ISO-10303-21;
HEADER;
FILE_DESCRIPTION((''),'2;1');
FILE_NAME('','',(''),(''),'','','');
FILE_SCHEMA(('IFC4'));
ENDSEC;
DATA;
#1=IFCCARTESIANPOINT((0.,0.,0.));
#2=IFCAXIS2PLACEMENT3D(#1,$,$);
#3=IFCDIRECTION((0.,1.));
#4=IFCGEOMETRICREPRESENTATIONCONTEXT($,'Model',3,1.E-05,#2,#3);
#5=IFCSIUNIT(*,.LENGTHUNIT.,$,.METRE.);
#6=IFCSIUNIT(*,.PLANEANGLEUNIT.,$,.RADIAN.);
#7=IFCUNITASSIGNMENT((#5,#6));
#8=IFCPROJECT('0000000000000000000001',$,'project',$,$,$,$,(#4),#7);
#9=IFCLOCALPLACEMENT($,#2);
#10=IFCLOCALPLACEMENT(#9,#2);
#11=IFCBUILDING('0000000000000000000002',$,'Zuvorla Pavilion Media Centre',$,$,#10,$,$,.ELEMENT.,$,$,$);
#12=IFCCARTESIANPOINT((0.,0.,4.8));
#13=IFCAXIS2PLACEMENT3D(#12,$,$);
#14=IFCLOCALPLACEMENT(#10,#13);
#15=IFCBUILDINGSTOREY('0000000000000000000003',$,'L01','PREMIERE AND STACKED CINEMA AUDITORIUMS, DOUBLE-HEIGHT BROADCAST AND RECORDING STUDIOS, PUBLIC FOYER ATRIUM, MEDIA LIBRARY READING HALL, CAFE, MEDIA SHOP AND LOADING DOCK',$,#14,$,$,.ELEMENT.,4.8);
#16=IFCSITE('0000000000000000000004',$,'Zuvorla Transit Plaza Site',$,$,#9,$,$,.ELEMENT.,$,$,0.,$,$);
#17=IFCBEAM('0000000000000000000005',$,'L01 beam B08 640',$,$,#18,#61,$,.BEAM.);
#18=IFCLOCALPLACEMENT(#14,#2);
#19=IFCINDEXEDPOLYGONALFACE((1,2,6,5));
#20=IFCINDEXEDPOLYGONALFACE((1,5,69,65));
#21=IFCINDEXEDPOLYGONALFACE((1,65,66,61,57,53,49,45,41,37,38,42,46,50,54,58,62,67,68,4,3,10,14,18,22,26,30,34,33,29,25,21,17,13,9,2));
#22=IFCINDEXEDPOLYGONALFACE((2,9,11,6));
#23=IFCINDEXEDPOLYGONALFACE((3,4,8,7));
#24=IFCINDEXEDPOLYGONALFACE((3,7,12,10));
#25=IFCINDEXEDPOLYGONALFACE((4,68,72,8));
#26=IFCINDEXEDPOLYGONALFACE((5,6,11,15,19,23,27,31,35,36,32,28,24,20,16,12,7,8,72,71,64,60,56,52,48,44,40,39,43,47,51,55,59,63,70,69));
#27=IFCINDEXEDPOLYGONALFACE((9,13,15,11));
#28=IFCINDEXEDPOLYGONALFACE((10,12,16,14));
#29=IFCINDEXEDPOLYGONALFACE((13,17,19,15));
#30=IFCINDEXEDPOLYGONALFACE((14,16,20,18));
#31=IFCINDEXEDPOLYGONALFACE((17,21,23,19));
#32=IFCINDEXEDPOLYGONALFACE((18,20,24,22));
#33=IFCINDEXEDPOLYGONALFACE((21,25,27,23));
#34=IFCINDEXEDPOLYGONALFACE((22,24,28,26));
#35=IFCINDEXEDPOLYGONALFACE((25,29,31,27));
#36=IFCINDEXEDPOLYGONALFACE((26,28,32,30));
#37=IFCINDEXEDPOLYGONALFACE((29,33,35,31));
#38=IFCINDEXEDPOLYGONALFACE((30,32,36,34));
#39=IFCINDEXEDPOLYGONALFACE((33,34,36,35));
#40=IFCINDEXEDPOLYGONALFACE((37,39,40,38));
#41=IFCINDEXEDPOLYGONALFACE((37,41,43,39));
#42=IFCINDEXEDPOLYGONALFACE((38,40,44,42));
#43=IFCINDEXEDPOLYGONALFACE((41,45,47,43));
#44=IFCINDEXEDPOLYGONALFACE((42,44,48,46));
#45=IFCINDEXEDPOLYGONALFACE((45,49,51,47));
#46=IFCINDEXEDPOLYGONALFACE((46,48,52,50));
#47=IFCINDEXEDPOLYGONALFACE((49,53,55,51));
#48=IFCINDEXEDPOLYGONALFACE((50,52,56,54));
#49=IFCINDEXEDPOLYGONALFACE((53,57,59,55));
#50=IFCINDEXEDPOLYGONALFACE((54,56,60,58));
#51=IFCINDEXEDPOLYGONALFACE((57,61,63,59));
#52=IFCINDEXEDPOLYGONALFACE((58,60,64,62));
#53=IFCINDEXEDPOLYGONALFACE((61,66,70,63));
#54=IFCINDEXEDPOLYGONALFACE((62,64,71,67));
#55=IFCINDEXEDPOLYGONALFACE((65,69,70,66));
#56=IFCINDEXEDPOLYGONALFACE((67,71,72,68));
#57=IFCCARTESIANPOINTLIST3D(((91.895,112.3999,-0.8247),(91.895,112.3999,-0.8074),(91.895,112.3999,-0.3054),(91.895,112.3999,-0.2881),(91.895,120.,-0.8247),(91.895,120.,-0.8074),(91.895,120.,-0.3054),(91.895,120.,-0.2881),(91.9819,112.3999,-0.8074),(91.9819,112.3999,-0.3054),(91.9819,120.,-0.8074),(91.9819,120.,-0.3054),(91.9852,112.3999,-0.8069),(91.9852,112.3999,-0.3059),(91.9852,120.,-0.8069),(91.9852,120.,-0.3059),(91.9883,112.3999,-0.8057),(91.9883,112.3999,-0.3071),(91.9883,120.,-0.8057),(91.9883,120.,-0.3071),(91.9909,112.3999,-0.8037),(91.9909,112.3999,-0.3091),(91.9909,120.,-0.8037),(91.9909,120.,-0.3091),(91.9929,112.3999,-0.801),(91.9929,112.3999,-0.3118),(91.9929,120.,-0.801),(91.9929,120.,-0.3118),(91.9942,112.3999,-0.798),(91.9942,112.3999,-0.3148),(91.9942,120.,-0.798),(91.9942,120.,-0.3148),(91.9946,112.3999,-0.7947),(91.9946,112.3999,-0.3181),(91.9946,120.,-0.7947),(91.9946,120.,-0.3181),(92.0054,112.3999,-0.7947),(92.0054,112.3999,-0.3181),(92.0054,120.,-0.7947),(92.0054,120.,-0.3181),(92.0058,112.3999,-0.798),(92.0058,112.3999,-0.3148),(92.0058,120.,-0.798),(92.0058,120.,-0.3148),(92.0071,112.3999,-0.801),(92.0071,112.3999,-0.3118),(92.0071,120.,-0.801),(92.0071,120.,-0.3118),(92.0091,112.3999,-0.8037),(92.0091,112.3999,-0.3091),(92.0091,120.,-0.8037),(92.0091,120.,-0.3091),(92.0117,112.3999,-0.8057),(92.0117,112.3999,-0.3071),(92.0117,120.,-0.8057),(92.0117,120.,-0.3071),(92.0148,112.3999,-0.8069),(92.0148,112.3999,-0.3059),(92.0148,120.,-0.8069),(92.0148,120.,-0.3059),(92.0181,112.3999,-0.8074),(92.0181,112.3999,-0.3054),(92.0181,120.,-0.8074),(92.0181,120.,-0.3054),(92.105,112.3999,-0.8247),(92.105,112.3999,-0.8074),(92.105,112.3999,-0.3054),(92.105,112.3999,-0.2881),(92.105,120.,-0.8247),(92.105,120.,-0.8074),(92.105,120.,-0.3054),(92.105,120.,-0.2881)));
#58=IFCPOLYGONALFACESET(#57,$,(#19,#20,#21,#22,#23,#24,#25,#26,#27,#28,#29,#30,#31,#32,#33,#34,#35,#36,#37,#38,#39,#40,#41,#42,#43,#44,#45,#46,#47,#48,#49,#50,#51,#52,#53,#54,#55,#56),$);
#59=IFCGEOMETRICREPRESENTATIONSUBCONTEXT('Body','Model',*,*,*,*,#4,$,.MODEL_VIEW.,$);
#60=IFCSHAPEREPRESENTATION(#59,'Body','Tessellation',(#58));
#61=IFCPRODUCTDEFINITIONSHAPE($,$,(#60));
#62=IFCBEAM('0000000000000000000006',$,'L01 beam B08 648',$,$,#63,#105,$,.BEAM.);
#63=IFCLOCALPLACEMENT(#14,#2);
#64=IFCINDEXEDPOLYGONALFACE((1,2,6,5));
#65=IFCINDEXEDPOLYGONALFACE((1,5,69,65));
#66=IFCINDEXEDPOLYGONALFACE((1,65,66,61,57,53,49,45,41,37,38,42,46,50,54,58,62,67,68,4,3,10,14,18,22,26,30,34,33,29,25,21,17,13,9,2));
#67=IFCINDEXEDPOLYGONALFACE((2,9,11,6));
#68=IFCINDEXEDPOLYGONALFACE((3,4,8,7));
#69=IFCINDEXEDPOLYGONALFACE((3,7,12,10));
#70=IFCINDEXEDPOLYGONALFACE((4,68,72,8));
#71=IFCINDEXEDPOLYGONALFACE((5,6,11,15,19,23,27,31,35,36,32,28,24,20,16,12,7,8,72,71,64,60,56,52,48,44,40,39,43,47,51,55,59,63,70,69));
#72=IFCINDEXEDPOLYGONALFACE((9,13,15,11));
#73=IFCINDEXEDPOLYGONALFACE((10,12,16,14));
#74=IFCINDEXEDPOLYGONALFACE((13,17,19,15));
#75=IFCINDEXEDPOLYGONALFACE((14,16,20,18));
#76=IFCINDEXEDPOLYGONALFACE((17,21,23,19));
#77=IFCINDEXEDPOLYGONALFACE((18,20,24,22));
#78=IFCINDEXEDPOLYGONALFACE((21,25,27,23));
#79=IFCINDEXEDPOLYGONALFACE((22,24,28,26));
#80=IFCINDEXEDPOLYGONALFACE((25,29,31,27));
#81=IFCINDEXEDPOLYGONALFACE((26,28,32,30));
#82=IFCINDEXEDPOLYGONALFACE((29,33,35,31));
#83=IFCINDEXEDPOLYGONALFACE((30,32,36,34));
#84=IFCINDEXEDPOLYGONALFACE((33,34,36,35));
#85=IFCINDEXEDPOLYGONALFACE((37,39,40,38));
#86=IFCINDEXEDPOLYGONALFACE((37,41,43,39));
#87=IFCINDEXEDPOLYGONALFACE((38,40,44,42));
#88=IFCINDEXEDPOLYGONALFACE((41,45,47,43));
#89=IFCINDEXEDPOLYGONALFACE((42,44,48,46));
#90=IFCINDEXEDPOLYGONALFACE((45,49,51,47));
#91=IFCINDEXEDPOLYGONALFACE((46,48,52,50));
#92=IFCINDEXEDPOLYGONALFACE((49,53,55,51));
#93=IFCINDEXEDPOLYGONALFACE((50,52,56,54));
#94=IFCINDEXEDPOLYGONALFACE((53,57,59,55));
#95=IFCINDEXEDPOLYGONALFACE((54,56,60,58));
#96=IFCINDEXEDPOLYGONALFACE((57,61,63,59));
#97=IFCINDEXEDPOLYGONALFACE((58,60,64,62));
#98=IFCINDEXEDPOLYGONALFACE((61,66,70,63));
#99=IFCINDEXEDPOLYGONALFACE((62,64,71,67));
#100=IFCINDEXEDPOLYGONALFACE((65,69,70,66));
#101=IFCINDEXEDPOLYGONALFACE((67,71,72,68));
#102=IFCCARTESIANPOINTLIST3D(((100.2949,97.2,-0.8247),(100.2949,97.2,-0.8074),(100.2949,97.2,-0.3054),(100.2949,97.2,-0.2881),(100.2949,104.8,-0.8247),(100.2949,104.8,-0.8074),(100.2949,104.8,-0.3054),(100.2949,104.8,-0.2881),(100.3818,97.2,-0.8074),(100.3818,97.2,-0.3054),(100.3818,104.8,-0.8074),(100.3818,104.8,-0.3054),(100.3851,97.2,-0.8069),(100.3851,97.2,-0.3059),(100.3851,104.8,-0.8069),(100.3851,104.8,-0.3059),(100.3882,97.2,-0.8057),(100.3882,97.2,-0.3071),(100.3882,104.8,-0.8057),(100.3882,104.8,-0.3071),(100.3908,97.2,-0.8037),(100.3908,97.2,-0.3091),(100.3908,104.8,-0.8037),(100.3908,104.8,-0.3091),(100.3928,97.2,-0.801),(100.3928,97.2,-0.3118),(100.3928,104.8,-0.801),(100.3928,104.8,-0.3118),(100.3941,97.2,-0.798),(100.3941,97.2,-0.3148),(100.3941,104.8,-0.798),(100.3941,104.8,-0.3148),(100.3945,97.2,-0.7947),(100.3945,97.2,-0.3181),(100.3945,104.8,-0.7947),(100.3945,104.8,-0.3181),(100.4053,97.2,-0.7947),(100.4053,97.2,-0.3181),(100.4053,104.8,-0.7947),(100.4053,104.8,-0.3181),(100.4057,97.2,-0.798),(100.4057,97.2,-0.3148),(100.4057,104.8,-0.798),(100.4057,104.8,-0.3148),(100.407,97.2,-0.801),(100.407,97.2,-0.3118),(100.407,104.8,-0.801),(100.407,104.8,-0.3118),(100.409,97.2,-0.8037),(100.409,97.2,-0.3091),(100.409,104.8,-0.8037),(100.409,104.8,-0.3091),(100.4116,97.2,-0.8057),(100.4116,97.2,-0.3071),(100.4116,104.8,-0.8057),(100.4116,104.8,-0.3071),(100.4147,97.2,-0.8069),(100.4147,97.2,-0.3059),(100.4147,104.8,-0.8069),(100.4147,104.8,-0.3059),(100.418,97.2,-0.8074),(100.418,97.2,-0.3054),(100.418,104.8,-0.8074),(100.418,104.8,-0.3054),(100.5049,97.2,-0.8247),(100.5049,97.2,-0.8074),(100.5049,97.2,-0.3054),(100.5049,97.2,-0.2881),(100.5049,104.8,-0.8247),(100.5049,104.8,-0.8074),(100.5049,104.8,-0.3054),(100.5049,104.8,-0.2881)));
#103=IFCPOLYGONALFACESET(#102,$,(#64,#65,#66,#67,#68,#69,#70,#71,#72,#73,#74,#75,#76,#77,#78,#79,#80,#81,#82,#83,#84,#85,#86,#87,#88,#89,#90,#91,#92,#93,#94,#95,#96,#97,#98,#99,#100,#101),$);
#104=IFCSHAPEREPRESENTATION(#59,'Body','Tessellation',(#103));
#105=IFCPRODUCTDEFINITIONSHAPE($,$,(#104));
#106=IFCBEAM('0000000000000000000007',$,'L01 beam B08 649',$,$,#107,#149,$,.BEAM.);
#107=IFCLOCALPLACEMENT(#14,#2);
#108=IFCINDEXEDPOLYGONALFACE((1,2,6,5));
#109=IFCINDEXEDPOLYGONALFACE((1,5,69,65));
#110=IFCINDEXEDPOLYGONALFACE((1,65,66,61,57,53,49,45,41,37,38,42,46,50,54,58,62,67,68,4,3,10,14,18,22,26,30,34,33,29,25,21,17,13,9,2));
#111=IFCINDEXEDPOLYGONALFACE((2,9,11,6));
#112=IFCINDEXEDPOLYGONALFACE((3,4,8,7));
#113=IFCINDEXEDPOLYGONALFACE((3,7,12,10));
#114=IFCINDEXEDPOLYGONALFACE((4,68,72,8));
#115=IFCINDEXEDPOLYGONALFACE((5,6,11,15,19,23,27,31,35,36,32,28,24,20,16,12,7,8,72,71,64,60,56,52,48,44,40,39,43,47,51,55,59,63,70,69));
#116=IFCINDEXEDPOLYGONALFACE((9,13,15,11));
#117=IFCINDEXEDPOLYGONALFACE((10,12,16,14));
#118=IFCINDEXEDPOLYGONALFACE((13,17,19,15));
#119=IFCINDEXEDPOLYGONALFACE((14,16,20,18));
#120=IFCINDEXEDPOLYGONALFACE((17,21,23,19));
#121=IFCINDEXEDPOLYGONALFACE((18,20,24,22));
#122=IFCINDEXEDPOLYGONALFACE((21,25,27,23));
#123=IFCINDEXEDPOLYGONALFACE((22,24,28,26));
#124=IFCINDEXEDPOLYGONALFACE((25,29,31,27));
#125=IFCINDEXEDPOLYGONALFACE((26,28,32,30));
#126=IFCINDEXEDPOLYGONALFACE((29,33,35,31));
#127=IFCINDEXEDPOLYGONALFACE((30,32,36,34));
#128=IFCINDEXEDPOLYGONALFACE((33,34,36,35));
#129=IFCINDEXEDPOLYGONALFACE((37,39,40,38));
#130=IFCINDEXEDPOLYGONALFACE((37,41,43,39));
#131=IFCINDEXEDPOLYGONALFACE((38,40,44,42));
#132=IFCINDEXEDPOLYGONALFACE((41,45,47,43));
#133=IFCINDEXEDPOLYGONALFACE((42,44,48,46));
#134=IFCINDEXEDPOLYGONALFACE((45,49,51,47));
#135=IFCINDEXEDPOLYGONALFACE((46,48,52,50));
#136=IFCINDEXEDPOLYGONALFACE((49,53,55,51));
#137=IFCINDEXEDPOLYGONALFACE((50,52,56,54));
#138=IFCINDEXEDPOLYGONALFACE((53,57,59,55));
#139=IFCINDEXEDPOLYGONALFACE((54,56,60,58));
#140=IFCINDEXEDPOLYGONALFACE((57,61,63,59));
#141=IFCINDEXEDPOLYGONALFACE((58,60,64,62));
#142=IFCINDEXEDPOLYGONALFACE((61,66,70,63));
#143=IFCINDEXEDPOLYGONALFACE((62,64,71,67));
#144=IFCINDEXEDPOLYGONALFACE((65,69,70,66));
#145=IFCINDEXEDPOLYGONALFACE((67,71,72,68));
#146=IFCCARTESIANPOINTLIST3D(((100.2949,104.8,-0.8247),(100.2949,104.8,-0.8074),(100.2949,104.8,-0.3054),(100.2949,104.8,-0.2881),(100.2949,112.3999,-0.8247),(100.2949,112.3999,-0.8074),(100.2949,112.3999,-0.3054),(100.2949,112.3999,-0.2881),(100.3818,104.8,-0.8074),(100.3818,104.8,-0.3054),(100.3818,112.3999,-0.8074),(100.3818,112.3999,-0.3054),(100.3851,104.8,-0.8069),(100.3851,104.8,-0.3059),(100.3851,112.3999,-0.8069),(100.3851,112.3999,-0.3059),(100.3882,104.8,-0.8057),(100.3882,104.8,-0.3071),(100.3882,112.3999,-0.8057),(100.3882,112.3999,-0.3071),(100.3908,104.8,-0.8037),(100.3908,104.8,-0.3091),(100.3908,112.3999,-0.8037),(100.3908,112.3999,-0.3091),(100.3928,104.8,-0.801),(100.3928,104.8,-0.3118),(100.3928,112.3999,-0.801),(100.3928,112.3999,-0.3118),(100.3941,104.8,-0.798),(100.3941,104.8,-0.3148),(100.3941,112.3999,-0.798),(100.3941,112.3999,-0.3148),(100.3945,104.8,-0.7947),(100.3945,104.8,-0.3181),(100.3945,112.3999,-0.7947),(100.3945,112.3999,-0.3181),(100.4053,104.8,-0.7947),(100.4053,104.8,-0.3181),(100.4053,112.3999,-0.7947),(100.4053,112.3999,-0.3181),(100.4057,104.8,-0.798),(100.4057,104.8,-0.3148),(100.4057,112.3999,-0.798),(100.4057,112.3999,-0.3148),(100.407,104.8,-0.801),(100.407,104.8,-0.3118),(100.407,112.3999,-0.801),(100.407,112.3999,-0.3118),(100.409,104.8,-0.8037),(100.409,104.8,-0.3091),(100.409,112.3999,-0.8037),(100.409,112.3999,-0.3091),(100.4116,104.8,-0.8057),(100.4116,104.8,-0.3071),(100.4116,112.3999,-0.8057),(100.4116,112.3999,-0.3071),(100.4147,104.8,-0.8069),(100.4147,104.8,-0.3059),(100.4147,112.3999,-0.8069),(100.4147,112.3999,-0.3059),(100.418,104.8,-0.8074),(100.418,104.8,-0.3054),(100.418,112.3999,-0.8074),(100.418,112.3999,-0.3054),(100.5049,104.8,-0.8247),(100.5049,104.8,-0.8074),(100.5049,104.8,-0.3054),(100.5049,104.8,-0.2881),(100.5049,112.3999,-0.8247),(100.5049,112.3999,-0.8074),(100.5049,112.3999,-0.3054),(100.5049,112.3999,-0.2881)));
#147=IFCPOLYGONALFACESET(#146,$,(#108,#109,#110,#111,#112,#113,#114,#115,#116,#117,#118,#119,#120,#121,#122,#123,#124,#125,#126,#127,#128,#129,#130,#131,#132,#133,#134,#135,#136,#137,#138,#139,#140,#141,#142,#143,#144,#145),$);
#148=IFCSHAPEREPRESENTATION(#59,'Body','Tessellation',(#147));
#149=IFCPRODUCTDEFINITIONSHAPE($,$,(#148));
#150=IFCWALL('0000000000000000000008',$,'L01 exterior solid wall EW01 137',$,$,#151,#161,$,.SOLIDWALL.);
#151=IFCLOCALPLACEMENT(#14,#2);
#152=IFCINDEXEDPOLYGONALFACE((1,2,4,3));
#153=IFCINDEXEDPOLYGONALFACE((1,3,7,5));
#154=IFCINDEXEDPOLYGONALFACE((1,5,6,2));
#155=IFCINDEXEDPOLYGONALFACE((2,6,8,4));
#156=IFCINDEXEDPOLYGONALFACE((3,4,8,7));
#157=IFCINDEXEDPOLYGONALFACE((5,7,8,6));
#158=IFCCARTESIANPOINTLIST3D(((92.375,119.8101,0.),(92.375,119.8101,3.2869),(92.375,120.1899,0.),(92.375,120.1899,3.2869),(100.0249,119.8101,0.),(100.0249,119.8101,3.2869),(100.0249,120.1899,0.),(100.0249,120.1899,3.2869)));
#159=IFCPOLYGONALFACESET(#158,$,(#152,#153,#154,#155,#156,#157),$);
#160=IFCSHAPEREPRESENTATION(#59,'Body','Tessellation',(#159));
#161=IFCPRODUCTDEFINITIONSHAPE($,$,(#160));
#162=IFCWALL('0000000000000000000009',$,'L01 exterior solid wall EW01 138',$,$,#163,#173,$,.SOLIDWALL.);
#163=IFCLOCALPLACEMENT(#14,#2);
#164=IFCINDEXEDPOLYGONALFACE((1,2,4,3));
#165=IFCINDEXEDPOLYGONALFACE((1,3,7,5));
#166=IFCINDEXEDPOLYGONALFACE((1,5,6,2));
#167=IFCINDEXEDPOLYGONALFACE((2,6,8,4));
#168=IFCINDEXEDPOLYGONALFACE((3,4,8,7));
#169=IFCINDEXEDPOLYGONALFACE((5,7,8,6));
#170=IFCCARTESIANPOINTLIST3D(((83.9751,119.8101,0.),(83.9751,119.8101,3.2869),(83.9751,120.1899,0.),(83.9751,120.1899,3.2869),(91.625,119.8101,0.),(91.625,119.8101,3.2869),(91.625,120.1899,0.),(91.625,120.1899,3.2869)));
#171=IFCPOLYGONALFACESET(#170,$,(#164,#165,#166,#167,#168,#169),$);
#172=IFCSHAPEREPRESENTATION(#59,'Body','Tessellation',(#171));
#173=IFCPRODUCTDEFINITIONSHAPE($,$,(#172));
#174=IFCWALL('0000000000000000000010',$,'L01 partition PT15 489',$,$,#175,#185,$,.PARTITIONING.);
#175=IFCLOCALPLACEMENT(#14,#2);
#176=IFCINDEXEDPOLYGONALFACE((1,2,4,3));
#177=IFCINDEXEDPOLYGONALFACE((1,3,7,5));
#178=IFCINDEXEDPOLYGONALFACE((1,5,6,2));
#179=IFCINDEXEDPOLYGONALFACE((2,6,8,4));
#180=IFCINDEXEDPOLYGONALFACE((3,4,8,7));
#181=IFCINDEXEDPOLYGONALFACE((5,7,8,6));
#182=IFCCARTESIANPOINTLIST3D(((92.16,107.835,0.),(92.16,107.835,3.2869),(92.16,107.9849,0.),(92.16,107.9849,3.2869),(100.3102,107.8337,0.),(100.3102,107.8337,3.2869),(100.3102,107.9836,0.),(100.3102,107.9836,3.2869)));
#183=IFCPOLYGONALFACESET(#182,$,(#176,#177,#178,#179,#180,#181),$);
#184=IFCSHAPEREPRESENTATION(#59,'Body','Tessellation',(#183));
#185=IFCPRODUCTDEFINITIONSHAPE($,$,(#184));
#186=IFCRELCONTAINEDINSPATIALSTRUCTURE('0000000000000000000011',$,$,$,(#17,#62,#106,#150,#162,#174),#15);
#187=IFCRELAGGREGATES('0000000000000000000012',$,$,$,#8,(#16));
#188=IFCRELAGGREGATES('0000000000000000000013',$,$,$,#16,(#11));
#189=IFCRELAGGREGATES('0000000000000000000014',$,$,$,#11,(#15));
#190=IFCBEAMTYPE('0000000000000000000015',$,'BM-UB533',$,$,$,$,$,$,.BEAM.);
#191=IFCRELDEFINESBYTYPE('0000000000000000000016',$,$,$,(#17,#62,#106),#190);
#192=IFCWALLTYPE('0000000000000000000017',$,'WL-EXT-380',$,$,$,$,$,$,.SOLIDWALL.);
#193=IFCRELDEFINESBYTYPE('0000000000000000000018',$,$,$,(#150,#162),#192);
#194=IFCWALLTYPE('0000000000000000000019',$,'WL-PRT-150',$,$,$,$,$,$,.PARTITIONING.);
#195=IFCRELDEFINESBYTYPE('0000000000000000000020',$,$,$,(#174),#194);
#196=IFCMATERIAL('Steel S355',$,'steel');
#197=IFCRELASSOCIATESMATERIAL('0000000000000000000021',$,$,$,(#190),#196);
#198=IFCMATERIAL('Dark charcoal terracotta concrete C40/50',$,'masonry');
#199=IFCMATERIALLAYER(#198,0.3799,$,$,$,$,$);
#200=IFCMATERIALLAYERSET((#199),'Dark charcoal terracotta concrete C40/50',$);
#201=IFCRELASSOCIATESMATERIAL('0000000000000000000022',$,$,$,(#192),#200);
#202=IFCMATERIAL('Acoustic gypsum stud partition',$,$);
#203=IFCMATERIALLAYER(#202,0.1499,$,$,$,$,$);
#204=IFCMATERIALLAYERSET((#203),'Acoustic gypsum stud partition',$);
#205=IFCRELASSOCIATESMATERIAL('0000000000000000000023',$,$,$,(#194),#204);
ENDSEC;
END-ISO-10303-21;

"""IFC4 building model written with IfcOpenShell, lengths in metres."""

from ifc_helpers import new_model, si_unit, direction, frame, frame_2d, origin, origin_2d, place, context, subcontext, project, spatial, rectangle, i_section, extrude, material, layer, layer_set, material_profile, profile_set, type_object, element, save


model = new_model("IFC4")

# Units and contexts
model_context = context("Model", 3, precision=1e-05, world=origin(), true_north=direction((0.0, 1.0)))
body_context = subcontext(model_context, "Body", "Model", "MODEL_VIEW")
ifc_project = project(units=[si_unit("LENGTHUNIT", "METRE"), si_unit("PLANEANGLEUNIT", "RADIAN")], contexts=[model_context])

# Site, building, storey
site_placement = place(None, origin())
site = spatial("IfcSite", under=ifc_project, at=site_placement, Name="Zuvorla Transit Plaza Site", CompositionType="ELEMENT", RefElevation=0.0)
building_placement = place(site_placement, origin())
building = spatial("IfcBuilding", under=site, at=building_placement, Name="Zuvorla Pavilion Media Centre", CompositionType="ELEMENT")
storey_placement = place(building_placement, frame((0.0, 0.0, 4.8)))
storey = spatial("IfcBuildingStorey", under=building, at=storey_placement, Name="L01", Description="PREMIERE AND STACKED CINEMA AUDITORIUMS, DOUBLE-HEIGHT BROADCAST AND RECORDING STUDIOS, PUBLIC FOYER ATRIUM, MEDIA LIBRARY READING HALL, CAFE, MEDIA SHOP AND LOADING DOCK", CompositionType="ELEMENT", Elevation=4.8)

# Beams
ifc_material_1 = material(Name="Steel S355", Category="steel")
ifc_material_profile_1 = material_profile(ifc_material_1, i_section(OverallWidth=0.21, OverallDepth=0.5366, WebThickness=0.0107, FlangeThickness=0.0173, FilletRadius=0.0127, at=origin_2d()), Name="UB 533x210x101")
ifc_profile_set_1 = profile_set([ifc_material_profile_1], Name="Steel S355")
beam_type_1 = type_object("IfcBeamType", Name="BM-UB533", PredefinedType="BEAM", material=ifc_profile_set_1)
for number, where, z_axis, x_axis, name in (
    (1, (92.0, 112.3999, -0.5564), (0.0, 1.0, 0.0), (-1.0, 0.0, 0.0), "L01 beam B08 640"),
    (2, (100.3999, 97.2, -0.5564), (0.0, 1.0, 0.0), (-1.0, 0.0, 0.0), "L01 beam B08 648"),
):
    element("IfcBeam", number, at=place(storey_placement, frame(where, z_axis=z_axis, x_axis=x_axis)), inside=storey, type_object=beam_type_1, Name=name, PredefinedType="BEAM", context=body_context, shape_type="SweptSolid", body=[
        extrude(i_section(OverallWidth=0.21, OverallDepth=0.5366, WebThickness=0.0107, FlangeThickness=0.0173, FilletRadius=0.0127, at=origin_2d()), origin(), (0.0, 0.0, 1.0), 7.6001),
    ])
beam_1_placement = place(storey_placement, frame((100.3999, 104.8, -0.5564), z_axis=(0.0, 1.0, 0.0), x_axis=(-1.0, 0.0, 0.0)))
element("IfcBeam", 3, at=beam_1_placement, inside=storey, type_object=beam_type_1, Name="L01 beam B08 649", PredefinedType="BEAM", context=body_context, shape_type="SweptSolid", body=[
    extrude(i_section(OverallWidth=0.21, OverallDepth=0.5366, WebThickness=0.0107, FlangeThickness=0.0173, FilletRadius=0.0127, at=origin_2d()), origin(), (0.0, 0.0, 1.0), 7.5999),
])

# Walls
ifc_material_2 = material(Name="Dark charcoal terracotta concrete C40/50", Category="masonry")
ifc_layer_1 = layer(ifc_material_2, 0.3799)
ifc_layer_set_1 = layer_set([ifc_layer_1], Name="Dark charcoal terracotta concrete C40/50")
wall_type_1 = type_object("IfcWallType", Name="WL-EXT-380", PredefinedType="SOLIDWALL", material=ifc_layer_set_1)
for number, where, z_axis, x_axis, name in (
    (4, (100.0249, 120.0, 0.0), (0.0, 0.0, 1.0), (-1.0, 0.0, 0.0), "L01 exterior solid wall EW01 137"),
    (5, (91.625, 120.0, 0.0), (0.0, 0.0, 1.0), (-1.0, 0.0, 0.0), "L01 exterior solid wall EW01 138"),
):
    element("IfcWall", number, at=place(storey_placement, frame(where, z_axis=z_axis, x_axis=x_axis)), inside=storey, type_object=wall_type_1, Name=name, PredefinedType="SOLIDWALL", context=body_context, shape_type="SweptSolid", body=[
        extrude(rectangle(XDim=7.6499, YDim=0.3799, at=frame_2d((3.825, 0.0))), origin(), (0.0, 0.0, 1.0), 3.2869),
    ])
ifc_material_3 = material(Name="Acoustic gypsum stud partition")
ifc_layer_2 = layer(ifc_material_3, 0.1499)
ifc_layer_set_2 = layer_set([ifc_layer_2], Name="Acoustic gypsum stud partition")
wall_type_2 = type_object("IfcWallType", Name="WL-PRT-150", PredefinedType="PARTITIONING", material=ifc_layer_set_2)
wall_1_placement = place(storey_placement, frame((92.1599, 107.9099, 0.0), z_axis=(0.0, 0.0, 1.0), x_axis=(1.0, -0.00015, 0.0)))
element("IfcWall", 6, at=wall_1_placement, inside=storey, type_object=wall_type_2, Name="L01 partition PT15 489", PredefinedType="PARTITIONING", context=body_context, shape_type="SweptSolid", body=[
    extrude(rectangle(XDim=8.1501, YDim=0.1499, at=frame_2d((4.0752, 0.0))), origin(), (0.0, 0.0, 1.0), 3.2869),
])

save(model, "model.ifc")
